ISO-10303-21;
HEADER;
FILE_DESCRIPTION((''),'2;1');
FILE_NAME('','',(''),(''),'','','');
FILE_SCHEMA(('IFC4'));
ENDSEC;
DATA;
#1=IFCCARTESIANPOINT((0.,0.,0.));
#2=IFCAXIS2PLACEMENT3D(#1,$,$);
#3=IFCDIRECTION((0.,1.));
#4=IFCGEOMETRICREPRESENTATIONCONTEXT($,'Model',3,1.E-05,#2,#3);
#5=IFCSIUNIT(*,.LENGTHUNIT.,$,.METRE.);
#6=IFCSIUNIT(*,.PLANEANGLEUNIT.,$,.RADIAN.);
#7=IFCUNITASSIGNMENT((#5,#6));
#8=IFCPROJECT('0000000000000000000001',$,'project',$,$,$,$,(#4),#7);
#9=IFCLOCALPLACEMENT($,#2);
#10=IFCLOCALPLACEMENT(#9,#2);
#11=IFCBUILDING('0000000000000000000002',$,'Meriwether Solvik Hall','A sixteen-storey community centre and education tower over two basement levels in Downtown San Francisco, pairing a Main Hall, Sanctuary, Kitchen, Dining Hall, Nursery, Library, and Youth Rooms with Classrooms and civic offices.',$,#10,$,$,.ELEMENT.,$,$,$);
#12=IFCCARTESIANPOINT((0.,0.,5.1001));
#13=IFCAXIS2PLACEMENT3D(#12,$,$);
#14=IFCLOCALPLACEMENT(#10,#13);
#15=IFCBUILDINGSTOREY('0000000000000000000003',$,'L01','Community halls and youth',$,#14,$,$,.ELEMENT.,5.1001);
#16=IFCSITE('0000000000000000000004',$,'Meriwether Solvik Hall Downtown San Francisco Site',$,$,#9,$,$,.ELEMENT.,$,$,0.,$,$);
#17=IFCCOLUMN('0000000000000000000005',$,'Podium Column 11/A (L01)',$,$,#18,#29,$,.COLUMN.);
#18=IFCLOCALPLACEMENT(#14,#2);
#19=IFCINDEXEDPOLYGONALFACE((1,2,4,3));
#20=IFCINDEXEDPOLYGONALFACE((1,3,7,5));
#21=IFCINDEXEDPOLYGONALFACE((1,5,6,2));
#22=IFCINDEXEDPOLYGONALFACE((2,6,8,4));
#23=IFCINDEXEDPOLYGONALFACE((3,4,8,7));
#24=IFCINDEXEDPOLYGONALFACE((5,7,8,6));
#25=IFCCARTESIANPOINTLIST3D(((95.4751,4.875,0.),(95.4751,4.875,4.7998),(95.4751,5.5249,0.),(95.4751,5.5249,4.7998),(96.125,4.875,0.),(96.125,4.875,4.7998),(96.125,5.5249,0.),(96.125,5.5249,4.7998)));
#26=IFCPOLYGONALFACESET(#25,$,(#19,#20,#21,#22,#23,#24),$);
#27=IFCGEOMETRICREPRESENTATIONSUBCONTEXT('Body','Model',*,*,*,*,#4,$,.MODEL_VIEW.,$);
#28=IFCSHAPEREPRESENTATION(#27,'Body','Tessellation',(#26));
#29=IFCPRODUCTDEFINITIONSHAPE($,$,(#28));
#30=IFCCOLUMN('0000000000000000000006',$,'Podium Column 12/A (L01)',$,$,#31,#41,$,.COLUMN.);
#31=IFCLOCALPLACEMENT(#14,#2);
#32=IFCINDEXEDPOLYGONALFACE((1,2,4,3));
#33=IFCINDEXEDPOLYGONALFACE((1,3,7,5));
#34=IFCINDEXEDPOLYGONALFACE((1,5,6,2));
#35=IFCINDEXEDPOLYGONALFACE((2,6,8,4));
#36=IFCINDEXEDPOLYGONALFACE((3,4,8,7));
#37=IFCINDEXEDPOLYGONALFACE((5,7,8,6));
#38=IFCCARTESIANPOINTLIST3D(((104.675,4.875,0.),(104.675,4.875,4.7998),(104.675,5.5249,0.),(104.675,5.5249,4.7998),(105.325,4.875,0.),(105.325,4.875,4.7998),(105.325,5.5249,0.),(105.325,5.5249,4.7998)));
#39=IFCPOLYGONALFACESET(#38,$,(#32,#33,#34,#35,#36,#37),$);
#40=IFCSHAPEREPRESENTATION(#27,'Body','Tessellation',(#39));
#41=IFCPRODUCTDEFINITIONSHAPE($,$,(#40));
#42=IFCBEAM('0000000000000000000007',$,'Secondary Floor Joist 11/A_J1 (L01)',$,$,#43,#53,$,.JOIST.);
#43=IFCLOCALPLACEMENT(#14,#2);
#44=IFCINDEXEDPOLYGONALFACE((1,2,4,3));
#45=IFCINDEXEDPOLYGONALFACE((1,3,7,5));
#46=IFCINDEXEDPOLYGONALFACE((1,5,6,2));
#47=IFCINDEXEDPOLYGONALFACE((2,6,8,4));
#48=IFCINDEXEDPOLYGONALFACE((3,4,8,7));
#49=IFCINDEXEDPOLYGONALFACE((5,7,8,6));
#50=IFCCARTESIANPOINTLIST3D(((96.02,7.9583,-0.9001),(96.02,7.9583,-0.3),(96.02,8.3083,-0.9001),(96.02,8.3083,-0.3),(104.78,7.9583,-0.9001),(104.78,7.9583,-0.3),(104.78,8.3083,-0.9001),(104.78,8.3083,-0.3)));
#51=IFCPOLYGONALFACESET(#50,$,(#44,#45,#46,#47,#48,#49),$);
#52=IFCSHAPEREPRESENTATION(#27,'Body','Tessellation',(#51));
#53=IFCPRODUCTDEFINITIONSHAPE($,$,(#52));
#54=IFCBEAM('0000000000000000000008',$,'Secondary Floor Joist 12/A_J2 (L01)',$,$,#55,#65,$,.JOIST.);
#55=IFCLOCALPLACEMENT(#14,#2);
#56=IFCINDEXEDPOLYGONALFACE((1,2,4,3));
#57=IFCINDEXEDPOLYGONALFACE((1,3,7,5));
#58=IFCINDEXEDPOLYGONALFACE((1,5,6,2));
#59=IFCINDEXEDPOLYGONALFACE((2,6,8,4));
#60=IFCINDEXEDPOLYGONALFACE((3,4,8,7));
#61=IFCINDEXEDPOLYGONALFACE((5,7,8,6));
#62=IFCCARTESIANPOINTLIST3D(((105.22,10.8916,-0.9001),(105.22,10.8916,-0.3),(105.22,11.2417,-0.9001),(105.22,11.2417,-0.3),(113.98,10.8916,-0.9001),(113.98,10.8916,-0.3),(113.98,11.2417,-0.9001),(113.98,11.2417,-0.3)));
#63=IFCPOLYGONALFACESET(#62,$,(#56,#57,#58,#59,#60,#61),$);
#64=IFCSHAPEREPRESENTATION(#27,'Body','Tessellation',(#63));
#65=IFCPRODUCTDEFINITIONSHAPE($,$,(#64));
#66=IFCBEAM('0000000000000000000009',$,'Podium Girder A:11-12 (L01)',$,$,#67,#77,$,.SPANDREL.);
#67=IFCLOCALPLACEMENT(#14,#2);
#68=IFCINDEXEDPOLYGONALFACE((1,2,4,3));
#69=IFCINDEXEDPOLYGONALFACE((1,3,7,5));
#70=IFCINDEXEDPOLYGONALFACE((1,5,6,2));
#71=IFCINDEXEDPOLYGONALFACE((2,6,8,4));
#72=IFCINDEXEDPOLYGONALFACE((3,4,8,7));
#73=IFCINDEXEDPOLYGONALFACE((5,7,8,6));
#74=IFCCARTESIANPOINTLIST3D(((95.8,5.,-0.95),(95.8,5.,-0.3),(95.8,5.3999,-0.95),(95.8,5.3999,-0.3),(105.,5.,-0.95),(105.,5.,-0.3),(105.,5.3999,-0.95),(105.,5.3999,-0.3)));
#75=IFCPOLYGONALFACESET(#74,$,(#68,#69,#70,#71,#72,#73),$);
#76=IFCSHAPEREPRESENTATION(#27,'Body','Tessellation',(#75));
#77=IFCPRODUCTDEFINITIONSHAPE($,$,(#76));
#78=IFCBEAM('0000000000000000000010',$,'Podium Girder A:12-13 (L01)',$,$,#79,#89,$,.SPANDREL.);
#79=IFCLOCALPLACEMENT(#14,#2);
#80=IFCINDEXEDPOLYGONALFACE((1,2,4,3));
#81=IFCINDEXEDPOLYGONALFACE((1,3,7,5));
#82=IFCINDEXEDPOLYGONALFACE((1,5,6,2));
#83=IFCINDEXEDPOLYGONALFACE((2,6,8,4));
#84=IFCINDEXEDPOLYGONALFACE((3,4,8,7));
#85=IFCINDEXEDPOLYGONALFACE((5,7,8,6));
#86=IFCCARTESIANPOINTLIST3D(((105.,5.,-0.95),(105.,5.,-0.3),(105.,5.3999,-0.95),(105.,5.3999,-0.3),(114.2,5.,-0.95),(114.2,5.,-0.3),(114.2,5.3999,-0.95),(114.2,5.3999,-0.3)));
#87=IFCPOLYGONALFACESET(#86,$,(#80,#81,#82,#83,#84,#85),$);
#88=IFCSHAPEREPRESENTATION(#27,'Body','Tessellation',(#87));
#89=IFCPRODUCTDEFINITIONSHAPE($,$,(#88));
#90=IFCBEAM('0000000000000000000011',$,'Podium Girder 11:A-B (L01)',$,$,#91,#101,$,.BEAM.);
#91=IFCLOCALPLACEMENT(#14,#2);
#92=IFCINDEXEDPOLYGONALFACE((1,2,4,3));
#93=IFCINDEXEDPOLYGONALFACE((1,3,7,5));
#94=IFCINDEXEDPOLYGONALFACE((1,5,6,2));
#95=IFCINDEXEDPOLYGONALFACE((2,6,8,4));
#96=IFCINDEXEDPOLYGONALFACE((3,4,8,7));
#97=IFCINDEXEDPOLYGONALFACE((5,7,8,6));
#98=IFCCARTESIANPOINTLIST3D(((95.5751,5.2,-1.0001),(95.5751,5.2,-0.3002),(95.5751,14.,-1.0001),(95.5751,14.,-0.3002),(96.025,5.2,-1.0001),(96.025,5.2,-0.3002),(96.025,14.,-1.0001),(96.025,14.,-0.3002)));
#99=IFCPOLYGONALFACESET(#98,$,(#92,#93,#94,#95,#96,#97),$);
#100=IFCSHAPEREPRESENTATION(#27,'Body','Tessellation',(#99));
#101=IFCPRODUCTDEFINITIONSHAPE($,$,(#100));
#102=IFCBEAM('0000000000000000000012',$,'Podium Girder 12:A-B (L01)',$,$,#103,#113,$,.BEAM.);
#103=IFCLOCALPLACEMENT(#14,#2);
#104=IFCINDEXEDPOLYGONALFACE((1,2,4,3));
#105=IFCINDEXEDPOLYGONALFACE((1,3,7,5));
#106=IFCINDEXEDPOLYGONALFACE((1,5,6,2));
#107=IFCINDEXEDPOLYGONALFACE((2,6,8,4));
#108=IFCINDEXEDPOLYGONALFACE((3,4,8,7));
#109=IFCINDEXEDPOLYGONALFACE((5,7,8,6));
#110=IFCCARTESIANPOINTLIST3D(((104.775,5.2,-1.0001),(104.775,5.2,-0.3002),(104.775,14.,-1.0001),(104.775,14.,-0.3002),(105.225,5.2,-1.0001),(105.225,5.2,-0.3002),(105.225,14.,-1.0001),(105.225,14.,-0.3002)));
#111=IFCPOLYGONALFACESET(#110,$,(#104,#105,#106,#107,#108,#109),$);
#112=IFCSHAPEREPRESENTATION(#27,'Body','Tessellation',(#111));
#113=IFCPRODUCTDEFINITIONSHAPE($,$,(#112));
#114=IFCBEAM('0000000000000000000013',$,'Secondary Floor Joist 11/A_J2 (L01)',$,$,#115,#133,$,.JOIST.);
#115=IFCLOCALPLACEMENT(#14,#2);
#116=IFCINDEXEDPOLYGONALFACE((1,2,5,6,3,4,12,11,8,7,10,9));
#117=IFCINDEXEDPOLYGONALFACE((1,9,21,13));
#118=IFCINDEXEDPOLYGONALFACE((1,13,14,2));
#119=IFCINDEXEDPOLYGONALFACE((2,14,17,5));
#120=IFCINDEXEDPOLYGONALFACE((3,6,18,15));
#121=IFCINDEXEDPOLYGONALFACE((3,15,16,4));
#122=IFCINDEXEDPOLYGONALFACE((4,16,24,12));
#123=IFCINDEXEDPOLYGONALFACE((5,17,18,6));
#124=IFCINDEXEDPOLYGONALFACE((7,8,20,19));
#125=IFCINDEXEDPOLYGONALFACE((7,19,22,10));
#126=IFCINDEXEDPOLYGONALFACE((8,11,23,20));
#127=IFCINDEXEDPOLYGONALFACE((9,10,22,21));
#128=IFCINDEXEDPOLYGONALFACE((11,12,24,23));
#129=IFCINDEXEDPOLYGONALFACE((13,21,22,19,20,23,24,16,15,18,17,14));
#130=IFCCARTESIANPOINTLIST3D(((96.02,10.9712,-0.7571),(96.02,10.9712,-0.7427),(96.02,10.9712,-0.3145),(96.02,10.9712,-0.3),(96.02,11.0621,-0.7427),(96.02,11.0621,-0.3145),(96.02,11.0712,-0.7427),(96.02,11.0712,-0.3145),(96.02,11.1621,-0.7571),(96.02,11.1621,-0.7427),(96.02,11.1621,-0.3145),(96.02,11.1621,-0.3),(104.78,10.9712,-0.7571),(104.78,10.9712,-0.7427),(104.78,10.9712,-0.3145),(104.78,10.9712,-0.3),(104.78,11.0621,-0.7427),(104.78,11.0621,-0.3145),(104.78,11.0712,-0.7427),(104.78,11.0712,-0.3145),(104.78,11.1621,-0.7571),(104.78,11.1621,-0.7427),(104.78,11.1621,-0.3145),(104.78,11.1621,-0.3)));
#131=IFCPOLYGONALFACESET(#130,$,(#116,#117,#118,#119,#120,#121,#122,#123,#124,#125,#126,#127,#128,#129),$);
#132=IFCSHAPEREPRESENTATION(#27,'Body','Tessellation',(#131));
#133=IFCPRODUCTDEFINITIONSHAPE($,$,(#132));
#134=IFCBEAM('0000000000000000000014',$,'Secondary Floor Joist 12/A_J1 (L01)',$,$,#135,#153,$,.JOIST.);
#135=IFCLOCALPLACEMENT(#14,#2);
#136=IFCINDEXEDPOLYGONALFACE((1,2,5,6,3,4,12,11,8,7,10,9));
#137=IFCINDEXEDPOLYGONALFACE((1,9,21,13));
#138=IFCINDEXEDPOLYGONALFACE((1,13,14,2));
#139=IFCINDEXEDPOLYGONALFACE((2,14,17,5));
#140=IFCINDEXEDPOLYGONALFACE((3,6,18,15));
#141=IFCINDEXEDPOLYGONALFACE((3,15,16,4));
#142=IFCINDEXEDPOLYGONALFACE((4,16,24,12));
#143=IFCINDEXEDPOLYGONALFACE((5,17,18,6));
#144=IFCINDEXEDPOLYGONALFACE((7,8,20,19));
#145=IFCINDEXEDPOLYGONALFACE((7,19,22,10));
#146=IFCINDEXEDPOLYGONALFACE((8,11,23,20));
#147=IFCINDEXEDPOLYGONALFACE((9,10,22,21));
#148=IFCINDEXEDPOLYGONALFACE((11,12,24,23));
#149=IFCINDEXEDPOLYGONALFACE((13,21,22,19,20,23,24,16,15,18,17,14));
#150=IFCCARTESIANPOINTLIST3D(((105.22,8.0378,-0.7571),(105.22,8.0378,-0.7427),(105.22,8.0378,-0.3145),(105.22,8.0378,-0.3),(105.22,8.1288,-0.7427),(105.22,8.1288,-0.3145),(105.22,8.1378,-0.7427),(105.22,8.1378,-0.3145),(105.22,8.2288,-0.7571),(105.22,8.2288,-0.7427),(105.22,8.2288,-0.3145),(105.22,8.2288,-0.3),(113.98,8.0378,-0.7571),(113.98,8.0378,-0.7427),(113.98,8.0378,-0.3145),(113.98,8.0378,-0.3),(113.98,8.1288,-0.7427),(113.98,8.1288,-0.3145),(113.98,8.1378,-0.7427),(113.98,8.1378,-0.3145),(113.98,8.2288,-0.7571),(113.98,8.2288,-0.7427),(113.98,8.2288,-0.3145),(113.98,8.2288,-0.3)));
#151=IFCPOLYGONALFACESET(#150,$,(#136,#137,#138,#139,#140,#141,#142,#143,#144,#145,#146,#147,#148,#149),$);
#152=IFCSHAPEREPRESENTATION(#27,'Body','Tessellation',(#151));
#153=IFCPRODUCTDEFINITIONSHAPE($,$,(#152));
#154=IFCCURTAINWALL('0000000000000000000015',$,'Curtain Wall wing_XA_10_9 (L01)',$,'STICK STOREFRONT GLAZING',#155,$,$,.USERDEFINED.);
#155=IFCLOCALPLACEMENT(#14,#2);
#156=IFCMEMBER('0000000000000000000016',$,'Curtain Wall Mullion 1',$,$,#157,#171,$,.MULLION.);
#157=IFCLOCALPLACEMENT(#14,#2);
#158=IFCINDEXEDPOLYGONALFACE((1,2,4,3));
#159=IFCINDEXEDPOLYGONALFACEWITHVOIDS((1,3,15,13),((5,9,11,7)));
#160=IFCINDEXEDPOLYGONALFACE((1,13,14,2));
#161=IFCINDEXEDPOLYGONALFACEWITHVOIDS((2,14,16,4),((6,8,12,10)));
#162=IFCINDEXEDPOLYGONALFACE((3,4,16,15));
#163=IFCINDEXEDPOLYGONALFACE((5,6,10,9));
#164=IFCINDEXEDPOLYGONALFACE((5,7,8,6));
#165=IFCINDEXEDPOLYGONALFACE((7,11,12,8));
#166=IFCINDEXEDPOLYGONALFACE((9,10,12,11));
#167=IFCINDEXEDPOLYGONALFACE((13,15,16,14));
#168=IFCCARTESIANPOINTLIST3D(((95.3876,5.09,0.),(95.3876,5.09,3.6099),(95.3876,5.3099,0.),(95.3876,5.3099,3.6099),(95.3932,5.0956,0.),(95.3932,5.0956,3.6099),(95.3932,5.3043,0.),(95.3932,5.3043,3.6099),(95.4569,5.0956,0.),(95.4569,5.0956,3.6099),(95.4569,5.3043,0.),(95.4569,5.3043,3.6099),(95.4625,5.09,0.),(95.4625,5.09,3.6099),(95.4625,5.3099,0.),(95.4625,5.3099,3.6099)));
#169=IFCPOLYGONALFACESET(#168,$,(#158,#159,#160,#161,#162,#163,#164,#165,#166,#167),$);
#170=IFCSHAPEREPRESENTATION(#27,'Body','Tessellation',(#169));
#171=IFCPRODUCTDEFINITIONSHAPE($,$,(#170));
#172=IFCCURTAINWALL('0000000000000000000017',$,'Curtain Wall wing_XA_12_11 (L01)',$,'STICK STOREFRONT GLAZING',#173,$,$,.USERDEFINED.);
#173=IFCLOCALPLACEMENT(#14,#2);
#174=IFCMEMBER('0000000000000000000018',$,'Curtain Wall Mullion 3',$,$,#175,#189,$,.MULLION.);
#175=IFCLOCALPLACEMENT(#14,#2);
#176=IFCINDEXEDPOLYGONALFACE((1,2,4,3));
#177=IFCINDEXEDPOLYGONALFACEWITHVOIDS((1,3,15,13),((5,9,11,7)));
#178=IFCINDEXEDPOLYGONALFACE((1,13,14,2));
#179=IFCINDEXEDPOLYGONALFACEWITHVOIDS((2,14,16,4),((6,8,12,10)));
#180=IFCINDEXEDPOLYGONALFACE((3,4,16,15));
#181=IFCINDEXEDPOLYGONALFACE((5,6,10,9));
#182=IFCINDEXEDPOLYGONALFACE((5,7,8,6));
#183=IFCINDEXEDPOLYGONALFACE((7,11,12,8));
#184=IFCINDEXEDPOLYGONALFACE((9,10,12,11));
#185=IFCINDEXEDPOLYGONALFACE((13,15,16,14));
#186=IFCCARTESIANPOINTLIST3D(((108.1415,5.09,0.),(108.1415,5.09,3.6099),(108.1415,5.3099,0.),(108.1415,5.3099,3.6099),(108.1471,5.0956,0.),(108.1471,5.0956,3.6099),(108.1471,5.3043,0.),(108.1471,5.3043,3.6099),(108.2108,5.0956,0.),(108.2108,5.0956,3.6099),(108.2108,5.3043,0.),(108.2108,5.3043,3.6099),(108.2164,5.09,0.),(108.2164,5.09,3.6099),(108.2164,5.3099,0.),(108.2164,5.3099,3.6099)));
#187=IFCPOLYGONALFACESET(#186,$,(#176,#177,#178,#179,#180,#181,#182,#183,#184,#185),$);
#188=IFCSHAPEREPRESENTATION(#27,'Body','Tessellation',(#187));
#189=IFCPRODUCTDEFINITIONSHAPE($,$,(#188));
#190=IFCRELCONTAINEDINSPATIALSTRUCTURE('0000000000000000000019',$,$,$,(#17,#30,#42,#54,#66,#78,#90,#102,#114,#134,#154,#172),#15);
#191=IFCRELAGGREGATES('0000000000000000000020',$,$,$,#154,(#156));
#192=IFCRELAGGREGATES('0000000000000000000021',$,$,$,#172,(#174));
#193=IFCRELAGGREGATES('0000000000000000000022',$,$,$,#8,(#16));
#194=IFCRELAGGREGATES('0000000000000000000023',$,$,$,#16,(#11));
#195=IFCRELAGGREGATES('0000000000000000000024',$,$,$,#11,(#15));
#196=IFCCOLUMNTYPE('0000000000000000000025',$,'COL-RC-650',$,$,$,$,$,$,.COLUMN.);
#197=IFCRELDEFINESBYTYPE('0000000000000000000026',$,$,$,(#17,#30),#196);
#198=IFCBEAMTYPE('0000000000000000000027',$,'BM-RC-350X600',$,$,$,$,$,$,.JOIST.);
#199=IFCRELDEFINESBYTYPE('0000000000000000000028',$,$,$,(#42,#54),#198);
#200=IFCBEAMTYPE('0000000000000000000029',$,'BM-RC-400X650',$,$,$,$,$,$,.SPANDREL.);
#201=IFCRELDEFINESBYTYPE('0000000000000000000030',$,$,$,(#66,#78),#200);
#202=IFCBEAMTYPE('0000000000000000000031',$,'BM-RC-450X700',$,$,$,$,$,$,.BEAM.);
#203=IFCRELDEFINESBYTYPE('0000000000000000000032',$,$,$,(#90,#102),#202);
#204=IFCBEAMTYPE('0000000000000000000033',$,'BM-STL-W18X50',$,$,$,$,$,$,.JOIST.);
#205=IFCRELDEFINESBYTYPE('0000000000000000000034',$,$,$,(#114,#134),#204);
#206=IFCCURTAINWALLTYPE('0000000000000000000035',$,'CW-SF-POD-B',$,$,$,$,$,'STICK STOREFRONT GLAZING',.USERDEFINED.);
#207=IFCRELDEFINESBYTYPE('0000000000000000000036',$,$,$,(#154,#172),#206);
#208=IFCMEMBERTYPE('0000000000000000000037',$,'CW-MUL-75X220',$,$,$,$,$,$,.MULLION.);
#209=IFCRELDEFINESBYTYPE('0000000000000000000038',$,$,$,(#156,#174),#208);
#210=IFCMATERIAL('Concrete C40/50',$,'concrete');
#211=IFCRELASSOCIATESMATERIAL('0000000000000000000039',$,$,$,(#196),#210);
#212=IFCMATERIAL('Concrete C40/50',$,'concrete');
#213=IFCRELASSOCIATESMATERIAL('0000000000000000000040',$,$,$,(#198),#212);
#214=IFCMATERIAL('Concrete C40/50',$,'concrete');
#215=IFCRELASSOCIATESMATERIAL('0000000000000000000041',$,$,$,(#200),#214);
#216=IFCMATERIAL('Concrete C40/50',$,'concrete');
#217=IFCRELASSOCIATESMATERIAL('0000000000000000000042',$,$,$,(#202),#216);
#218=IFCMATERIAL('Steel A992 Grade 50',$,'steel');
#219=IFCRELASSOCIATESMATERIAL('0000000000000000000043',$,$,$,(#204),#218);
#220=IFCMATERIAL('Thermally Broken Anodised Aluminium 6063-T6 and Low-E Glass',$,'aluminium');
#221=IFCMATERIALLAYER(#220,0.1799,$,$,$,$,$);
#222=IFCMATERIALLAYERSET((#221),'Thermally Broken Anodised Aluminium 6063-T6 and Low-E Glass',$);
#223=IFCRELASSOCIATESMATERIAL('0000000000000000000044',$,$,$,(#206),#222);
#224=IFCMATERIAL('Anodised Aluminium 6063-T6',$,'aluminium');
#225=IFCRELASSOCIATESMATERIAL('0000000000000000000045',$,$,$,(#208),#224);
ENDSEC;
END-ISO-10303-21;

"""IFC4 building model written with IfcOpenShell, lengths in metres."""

from ifc_helpers import new_model, si_unit, direction, frame, origin, origin_2d, place, context, subcontext, project, spatial, rectangle, hollow_rectangle, i_section, extrude, material, layer, layer_set, material_profile, profile_set, type_object, element, aggregate, save


model = new_model("IFC4")

# Units and contexts
model_context = context("Model", 3, precision=1e-05, world=origin(), true_north=direction((0.0, 1.0)))
body_context = subcontext(model_context, "Body", "Model", "MODEL_VIEW")
ifc_project = project(units=[si_unit("LENGTHUNIT", "METRE"), si_unit("PLANEANGLEUNIT", "RADIAN")], contexts=[model_context])

# Site, building, storey
site_placement = place(None, origin())
site = spatial("IfcSite", under=ifc_project, at=site_placement, Name="Meriwether Solvik Hall Downtown San Francisco Site", CompositionType="ELEMENT", RefElevation=0.0)
building_placement = place(site_placement, origin())
building = spatial("IfcBuilding", under=site, at=building_placement, Name="Meriwether Solvik Hall", Description="A sixteen-storey community centre and education tower over two basement levels in Downtown San Francisco, pairing a Main Hall, Sanctuary, Kitchen, Dining Hall, Nursery, Library, and Youth Rooms with Classrooms and civic offices.", CompositionType="ELEMENT")
storey_placement = place(building_placement, frame((0.0, 0.0, 5.1001)))
storey = spatial("IfcBuildingStorey", under=building, at=storey_placement, Name="L01", Description="Community halls and youth", CompositionType="ELEMENT", Elevation=5.1001)

# Columns
ifc_material_1 = material(Name="Concrete C40/50", Category="concrete")
ifc_material_profile_1 = material_profile(ifc_material_1, rectangle(XDim=0.6499, YDim=0.6499, at=origin_2d()), Name="RCC-650X650")
ifc_profile_set_1 = profile_set([ifc_material_profile_1], Name="Concrete C40/50")
column_type = type_object("IfcColumnType", Name="COL-RC-650", PredefinedType="COLUMN", material=ifc_profile_set_1)
for number, where, z_axis, x_axis, name in (
    (1, (95.8, 5.2, 0.0), (0.0, 0.0, 1.0), (1.0, 0.0, 0.0), "Podium Column 11/A (L01)"),
    (2, (105.0, 5.2, 0.0), (0.0, 0.0, 1.0), (1.0, 0.0, 0.0), "Podium Column 12/A (L01)"),
):
    element("IfcColumn", number, at=place(storey_placement, frame(where, z_axis=z_axis, x_axis=x_axis)), inside=storey, type_object=column_type, Name=name, PredefinedType="COLUMN", context=body_context, shape_type="SweptSolid", body=[
        extrude(rectangle(XDim=0.6499, YDim=0.6499, at=origin_2d()), origin(), (0.0, 0.0, 1.0), 4.7998),
    ])

# Beams
ifc_material_2 = material(Name="Concrete C40/50", Category="concrete")
ifc_material_profile_2 = material_profile(ifc_material_2, rectangle(XDim=0.3501, YDim=0.6001, at=origin_2d()), Name="RCB-350X600")
ifc_profile_set_2 = profile_set([ifc_material_profile_2], Name="Concrete C40/50")
beam_type_1 = type_object("IfcBeamType", Name="BM-RC-350X600", PredefinedType="JOIST", material=ifc_profile_set_2)
for number, where, z_axis, x_axis, name in (
    (3, (96.02, 8.1333, -0.6001), (1.0, 0.0, 0.0), (0.0, 1.0, 0.0), "Secondary Floor Joist 11/A_J1 (L01)"),
    (4, (105.22, 11.0667, -0.6001), (1.0, 0.0, 0.0), (0.0, 1.0, 0.0), "Secondary Floor Joist 12/A_J2 (L01)"),
):
    element("IfcBeam", number, at=place(storey_placement, frame(where, z_axis=z_axis, x_axis=x_axis)), inside=storey, type_object=beam_type_1, Name=name, PredefinedType="JOIST", context=body_context, shape_type="SweptSolid", body=[
        extrude(rectangle(XDim=0.3501, YDim=0.6001, at=origin_2d()), origin(), (0.0, 0.0, 1.0), 8.76),
    ])
ifc_material_3 = material(Name="Concrete C40/50", Category="concrete")
ifc_material_profile_3 = material_profile(ifc_material_3, rectangle(XDim=0.3999, YDim=0.6499, at=origin_2d()), Name="RCB-400X650")
ifc_profile_set_3 = profile_set([ifc_material_profile_3], Name="Concrete C40/50")
beam_type_2 = type_object("IfcBeamType", Name="BM-RC-400X650", PredefinedType="SPANDREL", material=ifc_profile_set_3)
for number, where, z_axis, x_axis, name in (
    (5, (95.8, 5.2, -0.625), (1.0, 0.0, 0.0), (0.0, 1.0, 0.0), "Podium Girder A:11-12 (L01)"),
    (6, (105.0, 5.2, -0.625), (1.0, 0.0, 0.0), (0.0, 1.0, 0.0), "Podium Girder A:12-13 (L01)"),
):
    element("IfcBeam", number, at=place(storey_placement, frame(where, z_axis=z_axis, x_axis=x_axis)), inside=storey, type_object=beam_type_2, Name=name, PredefinedType="SPANDREL", context=body_context, shape_type="SweptSolid", body=[
        extrude(rectangle(XDim=0.3999, YDim=0.6499, at=origin_2d()), origin(), (0.0, 0.0, 1.0), 9.2),
    ])
ifc_material_4 = material(Name="Concrete C40/50", Category="concrete")
ifc_material_profile_4 = material_profile(ifc_material_4, rectangle(XDim=0.45, YDim=0.7, at=origin_2d()), Name="RCB-450X700")
ifc_profile_set_4 = profile_set([ifc_material_profile_4], Name="Concrete C40/50")
beam_type_3 = type_object("IfcBeamType", Name="BM-RC-450X700", PredefinedType="BEAM", material=ifc_profile_set_4)
for number, where, z_axis, x_axis, name in (
    (7, (95.8, 5.2, -0.6501), (0.0, 1.0, 0.0), (-1.0, 0.0, 0.0), "Podium Girder 11:A-B (L01)"),
    (8, (105.0, 5.2, -0.6501), (0.0, 1.0, 0.0), (-1.0, 0.0, 0.0), "Podium Girder 12:A-B (L01)"),
):
    element("IfcBeam", number, at=place(storey_placement, frame(where, z_axis=z_axis, x_axis=x_axis)), inside=storey, type_object=beam_type_3, Name=name, PredefinedType="BEAM", context=body_context, shape_type="SweptSolid", body=[
        extrude(rectangle(XDim=0.45, YDim=0.7, at=origin_2d()), origin(), (0.0, 0.0, 1.0), 8.8),
    ])
ifc_material_5 = material(Name="Steel A992 Grade 50", Category="steel")
ifc_material_profile_5 = material_profile(ifc_material_5, i_section(OverallWidth=0.1909, OverallDepth=0.457, WebThickness=0.009, FlangeThickness=0.0144, at=origin_2d()), Name="W18X50")
ifc_profile_set_5 = profile_set([ifc_material_profile_5], Name="Steel A992 Grade 50")
beam_type_4 = type_object("IfcBeamType", Name="BM-STL-W18X50", PredefinedType="JOIST", material=ifc_profile_set_5)
for number, where, z_axis, x_axis, name in (
    (9, (96.02, 11.0667, -0.5286), (1.0, 0.0, 0.0), (0.0, 1.0, 0.0), "Secondary Floor Joist 11/A_J2 (L01)"),
    (10, (105.22, 8.1333, -0.5286), (1.0, 0.0, 0.0), (0.0, 1.0, 0.0), "Secondary Floor Joist 12/A_J1 (L01)"),
):
    element("IfcBeam", number, at=place(storey_placement, frame(where, z_axis=z_axis, x_axis=x_axis)), inside=storey, type_object=beam_type_4, Name=name, PredefinedType="JOIST", context=body_context, shape_type="SweptSolid", body=[
        extrude(i_section(OverallWidth=0.1909, OverallDepth=0.457, WebThickness=0.009, FlangeThickness=0.0144, at=origin_2d()), origin(), (0.0, 0.0, 1.0), 8.76),
    ])

# Curtain wall, member
ifc_material_6 = material(Name="Thermally Broken Anodised Aluminium 6063-T6 and Low-E Glass", Category="aluminium")
ifc_layer_1 = layer(ifc_material_6, 0.1799)
ifc_layer_set_1 = layer_set([ifc_layer_1], Name="Thermally Broken Anodised Aluminium 6063-T6 and Low-E Glass")
curtain_wall_type = type_object("IfcCurtainWallType", Name="CW-SF-POD-B", ElementType="STICK STOREFRONT GLAZING", PredefinedType="USERDEFINED", material=ifc_layer_set_1)
curtain_wall_1_placement = place(storey_placement, origin())
curtain_wall_1 = element("IfcCurtainWall", 11, at=curtain_wall_1_placement, inside=storey, type_object=curtain_wall_type, Name="Curtain Wall wing_XA_10_9 (L01)", ObjectType="STICK STOREFRONT GLAZING", PredefinedType="USERDEFINED")
ifc_material_7 = material(Name="Anodised Aluminium 6063-T6", Category="aluminium")
ifc_material_profile_6 = material_profile(ifc_material_7, hollow_rectangle(XDim=0.075, YDim=0.22, WallThickness=0.0056, at=origin_2d()), Name="CWM-75X220")
ifc_profile_set_6 = profile_set([ifc_material_profile_6], Name="Anodised Aluminium 6063-T6")
member_type_1 = type_object("IfcMemberType", Name="CW-MUL-75X220", PredefinedType="MULLION", material=ifc_profile_set_6)
member_1_placement = place(storey_placement, frame((95.425, 5.2, 0.0), z_axis=(0.0, 0.0, 1.0), x_axis=(-1.0, 0.0, 0.0)))
member_1 = element("IfcMember", 12, at=member_1_placement, type_object=member_type_1, Name="Curtain Wall Mullion 1", PredefinedType="MULLION", context=body_context, shape_type="SweptSolid", body=[
    extrude(hollow_rectangle(XDim=0.075, YDim=0.22, WallThickness=0.0056, at=origin_2d()), origin(), (0.0, 0.0, 1.0), 3.6099),
])

# Curtain wall, member
curtain_wall_2_placement = place(storey_placement, origin())
curtain_wall_2 = element("IfcCurtainWall", 13, at=curtain_wall_2_placement, inside=storey, type_object=curtain_wall_type, Name="Curtain Wall wing_XA_12_11 (L01)", ObjectType="STICK STOREFRONT GLAZING", PredefinedType="USERDEFINED")
member_2_placement = place(storey_placement, frame((108.179, 5.2, 0.0), z_axis=(0.0, 0.0, 1.0), x_axis=(-1.0, 0.0, 0.0)))
member_2 = element("IfcMember", 14, at=member_2_placement, type_object=member_type_1, Name="Curtain Wall Mullion 3", PredefinedType="MULLION", context=body_context, shape_type="SweptSolid", body=[
    extrude(hollow_rectangle(XDim=0.075, YDim=0.22, WallThickness=0.0056, at=origin_2d()), origin(), (0.0, 0.0, 1.0), 3.6099),
])

aggregate(curtain_wall_1, [member_1])

aggregate(curtain_wall_2, [member_2])

save(model, "model.ifc")
